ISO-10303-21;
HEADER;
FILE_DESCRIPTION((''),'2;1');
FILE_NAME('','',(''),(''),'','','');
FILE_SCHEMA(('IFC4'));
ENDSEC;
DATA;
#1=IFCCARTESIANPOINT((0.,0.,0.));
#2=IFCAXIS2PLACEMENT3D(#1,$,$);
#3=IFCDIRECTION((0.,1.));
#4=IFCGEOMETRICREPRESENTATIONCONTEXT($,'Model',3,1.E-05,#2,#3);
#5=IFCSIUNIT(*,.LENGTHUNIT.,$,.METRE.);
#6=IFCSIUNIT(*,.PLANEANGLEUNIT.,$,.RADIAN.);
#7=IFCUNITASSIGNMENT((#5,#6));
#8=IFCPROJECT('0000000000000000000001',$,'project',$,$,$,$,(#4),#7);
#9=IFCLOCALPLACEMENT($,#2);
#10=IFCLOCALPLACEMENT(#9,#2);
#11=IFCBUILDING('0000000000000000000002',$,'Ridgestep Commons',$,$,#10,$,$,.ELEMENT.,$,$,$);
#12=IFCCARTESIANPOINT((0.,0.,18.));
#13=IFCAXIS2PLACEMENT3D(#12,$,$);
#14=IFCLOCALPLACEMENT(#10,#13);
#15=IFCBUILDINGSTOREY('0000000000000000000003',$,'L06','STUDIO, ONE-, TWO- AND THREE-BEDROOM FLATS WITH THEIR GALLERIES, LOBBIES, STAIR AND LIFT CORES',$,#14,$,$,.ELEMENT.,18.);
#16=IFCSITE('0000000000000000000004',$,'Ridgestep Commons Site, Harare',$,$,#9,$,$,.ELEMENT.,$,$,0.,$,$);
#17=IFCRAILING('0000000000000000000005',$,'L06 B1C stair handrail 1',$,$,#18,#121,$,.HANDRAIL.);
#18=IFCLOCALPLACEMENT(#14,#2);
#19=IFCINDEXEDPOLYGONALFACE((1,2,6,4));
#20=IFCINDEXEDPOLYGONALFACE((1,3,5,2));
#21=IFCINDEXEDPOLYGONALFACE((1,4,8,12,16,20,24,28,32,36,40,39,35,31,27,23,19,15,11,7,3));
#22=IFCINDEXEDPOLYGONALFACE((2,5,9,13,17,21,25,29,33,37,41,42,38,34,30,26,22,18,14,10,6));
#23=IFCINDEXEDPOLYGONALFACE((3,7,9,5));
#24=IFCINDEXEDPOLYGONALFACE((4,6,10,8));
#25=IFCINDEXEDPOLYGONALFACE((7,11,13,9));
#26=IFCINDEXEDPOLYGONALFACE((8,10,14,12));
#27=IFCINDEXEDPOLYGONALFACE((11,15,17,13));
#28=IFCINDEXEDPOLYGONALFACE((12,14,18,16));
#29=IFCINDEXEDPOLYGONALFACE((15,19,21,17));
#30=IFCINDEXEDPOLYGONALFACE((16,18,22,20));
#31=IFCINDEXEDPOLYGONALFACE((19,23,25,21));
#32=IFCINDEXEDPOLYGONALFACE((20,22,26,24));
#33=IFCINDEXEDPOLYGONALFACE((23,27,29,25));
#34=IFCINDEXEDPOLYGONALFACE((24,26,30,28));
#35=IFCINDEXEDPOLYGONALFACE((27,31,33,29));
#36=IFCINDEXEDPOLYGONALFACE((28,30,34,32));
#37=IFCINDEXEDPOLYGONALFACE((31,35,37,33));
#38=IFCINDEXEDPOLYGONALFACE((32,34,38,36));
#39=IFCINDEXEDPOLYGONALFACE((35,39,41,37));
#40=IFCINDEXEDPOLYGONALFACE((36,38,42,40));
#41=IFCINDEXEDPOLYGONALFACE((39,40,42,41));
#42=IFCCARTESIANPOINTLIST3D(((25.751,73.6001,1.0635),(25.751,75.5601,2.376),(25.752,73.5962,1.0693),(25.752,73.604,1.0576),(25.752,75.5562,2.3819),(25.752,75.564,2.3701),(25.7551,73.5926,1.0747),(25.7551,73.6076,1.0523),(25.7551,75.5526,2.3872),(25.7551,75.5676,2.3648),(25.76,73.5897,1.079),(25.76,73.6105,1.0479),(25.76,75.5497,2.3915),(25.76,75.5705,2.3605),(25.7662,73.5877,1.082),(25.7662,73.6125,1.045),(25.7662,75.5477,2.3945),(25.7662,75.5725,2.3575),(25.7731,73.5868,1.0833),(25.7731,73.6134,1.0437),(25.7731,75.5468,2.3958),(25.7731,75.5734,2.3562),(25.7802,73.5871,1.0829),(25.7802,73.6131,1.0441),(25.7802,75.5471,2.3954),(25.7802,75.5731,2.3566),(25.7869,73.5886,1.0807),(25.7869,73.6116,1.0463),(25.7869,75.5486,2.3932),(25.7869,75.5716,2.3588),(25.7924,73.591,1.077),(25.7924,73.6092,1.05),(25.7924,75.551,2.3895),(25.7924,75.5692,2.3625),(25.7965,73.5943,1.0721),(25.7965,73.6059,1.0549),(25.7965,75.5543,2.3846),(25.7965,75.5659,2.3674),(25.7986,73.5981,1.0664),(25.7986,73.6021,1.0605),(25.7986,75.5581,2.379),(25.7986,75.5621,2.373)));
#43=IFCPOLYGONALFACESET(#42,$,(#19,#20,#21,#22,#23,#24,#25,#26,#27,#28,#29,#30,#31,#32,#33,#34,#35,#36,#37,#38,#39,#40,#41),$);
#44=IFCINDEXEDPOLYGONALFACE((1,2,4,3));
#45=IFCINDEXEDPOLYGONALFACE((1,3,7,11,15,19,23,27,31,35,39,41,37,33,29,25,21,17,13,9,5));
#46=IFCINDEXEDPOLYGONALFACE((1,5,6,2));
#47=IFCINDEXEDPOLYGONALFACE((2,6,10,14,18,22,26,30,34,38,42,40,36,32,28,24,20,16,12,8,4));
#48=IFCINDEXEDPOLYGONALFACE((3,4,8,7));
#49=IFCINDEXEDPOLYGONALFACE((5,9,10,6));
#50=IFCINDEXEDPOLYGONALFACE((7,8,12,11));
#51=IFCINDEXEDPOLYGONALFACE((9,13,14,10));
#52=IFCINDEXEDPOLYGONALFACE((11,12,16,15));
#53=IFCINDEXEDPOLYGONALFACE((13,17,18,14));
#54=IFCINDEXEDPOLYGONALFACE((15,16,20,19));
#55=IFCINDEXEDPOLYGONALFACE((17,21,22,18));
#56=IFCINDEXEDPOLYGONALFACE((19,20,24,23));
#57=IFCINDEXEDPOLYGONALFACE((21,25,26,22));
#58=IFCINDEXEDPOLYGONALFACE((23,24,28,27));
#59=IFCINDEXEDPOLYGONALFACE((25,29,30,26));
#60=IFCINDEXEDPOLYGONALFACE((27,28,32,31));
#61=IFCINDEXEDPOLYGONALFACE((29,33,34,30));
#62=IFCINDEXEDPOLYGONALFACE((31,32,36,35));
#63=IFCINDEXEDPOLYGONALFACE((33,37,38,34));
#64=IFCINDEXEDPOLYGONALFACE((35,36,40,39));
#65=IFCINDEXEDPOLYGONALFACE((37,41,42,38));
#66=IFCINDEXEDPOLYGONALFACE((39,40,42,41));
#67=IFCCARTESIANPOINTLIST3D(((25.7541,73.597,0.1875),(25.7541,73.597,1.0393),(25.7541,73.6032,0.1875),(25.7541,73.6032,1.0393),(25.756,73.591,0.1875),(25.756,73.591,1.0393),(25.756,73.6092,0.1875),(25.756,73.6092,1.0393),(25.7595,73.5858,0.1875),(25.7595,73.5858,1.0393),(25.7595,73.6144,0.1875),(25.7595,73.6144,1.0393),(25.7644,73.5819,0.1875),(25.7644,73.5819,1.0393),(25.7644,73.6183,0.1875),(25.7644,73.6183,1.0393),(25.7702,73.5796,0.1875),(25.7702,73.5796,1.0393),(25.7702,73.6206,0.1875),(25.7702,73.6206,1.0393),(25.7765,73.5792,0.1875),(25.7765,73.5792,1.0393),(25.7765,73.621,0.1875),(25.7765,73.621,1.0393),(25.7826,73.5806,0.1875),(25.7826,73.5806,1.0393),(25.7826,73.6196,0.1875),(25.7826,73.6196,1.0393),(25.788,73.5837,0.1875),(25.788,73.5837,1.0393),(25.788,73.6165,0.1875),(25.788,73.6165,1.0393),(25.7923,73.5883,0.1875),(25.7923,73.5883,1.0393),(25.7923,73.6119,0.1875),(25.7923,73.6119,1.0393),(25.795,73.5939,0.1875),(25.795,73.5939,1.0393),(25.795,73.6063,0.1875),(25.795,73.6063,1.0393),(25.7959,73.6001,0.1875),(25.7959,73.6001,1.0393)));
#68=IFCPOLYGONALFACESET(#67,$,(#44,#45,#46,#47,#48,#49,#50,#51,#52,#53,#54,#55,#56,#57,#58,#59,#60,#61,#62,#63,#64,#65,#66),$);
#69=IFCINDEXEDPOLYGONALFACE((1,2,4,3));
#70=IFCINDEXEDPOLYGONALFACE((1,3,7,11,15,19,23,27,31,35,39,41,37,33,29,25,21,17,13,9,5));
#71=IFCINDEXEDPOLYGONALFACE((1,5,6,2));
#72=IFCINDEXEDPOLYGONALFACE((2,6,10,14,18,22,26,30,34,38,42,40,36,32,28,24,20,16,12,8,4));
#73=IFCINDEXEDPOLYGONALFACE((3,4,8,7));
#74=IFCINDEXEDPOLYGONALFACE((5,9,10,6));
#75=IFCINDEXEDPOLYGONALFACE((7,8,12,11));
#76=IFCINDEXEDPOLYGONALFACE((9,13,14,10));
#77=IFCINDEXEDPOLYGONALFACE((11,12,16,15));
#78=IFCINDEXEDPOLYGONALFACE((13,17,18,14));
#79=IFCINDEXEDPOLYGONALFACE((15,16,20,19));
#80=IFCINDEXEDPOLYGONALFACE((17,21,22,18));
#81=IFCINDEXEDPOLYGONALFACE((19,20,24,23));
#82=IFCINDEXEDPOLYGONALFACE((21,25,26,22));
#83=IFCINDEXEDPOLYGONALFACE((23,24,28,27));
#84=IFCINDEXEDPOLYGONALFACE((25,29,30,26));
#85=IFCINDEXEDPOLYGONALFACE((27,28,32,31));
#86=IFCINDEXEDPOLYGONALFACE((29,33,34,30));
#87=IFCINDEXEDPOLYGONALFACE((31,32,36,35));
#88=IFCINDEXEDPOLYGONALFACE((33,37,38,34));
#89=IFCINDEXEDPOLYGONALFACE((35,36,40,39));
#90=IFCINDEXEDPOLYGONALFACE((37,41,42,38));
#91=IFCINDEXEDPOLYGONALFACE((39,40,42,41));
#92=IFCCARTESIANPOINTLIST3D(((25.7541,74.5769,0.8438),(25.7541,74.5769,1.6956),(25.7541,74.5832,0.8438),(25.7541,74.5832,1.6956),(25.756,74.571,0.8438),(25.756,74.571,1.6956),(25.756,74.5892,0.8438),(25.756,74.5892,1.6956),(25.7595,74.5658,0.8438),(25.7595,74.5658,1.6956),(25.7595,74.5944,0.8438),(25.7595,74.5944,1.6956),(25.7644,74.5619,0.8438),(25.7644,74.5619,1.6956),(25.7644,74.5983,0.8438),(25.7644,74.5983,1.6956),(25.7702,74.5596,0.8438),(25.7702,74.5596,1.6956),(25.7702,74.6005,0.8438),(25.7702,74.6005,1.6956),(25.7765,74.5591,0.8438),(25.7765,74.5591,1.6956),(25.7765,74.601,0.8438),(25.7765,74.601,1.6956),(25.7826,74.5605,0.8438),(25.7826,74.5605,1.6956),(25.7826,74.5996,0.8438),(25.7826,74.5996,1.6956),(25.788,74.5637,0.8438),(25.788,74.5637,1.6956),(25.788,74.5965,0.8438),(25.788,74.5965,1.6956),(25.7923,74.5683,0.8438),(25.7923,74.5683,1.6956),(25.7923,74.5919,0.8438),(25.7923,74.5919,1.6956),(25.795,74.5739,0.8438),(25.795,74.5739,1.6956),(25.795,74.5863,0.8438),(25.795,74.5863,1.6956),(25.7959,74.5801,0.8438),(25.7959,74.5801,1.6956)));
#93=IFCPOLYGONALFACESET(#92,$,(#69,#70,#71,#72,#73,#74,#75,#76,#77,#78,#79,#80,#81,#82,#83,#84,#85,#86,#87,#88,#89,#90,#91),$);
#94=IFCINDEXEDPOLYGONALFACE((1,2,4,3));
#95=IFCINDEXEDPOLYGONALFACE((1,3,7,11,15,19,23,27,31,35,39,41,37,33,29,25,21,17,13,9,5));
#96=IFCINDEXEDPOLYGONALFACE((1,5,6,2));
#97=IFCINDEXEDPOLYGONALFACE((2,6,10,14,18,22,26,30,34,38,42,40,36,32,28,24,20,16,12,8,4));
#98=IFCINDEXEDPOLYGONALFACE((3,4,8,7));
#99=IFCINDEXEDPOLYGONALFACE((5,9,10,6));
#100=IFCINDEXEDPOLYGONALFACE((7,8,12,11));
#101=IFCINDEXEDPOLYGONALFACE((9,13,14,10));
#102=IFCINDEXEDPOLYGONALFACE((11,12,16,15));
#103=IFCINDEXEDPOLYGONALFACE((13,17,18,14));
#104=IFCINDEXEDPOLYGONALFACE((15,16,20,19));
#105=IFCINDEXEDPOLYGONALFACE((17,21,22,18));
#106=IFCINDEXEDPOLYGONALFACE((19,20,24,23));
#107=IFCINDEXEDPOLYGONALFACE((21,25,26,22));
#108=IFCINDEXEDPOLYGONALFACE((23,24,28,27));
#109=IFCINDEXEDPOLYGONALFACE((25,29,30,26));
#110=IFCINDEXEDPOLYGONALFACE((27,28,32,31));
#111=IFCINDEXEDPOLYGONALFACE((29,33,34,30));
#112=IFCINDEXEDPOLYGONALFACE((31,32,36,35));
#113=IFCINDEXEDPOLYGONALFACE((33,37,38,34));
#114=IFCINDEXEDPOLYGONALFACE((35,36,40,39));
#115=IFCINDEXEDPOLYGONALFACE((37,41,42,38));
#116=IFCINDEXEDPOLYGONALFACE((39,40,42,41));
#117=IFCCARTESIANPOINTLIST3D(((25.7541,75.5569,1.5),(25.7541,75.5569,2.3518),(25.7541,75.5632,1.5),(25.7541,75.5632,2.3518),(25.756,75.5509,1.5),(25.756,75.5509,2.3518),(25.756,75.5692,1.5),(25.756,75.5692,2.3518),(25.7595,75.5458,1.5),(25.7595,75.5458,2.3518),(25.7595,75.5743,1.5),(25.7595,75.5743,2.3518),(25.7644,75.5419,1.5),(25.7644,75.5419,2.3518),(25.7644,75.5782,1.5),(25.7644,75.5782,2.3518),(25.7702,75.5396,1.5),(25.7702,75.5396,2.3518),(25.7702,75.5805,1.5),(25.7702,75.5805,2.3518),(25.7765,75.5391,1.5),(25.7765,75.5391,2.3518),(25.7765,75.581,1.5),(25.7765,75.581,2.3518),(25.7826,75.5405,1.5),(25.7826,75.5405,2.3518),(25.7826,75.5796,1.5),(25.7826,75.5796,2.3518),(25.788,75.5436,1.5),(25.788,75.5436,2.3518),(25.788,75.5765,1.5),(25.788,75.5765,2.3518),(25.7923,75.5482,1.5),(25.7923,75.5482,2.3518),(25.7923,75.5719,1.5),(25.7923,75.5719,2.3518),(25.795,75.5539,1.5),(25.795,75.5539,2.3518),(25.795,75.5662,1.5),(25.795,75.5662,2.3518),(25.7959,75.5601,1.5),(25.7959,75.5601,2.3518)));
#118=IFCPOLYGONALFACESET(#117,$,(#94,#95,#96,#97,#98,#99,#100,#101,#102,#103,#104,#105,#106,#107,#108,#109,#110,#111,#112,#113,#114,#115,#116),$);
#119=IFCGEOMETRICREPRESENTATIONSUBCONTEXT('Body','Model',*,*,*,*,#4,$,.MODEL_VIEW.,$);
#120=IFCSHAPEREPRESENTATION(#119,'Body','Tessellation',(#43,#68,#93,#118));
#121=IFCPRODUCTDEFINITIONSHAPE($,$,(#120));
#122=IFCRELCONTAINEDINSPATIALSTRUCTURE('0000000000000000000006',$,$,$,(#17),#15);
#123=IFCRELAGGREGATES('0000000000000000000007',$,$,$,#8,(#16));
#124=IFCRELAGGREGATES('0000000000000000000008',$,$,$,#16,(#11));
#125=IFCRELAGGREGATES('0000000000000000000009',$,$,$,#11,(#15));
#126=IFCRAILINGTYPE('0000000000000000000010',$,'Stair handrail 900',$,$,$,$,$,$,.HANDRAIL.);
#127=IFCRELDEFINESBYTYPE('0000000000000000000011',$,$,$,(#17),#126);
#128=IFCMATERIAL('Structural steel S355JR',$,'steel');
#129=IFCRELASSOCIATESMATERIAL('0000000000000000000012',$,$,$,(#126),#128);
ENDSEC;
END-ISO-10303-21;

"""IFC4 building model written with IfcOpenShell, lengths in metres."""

from ifc_helpers import new_model, si_unit, direction, frame, origin, origin_2d, place, context, subcontext, project, spatial, circle, extrude, material, type_object, element, save


model = new_model("IFC4")

# Units and contexts
model_context = context("Model", 3, precision=1e-05, world=origin(), true_north=direction((0.0, 1.0)))
body_context = subcontext(model_context, "Body", "Model", "MODEL_VIEW")
ifc_project = project(units=[si_unit("LENGTHUNIT", "METRE"), si_unit("PLANEANGLEUNIT", "RADIAN")], contexts=[model_context])

# Site, building, storey
site_placement = place(None, origin())
site = spatial("IfcSite", under=ifc_project, at=site_placement, Name="Ridgestep Commons Site, Harare", CompositionType="ELEMENT", RefElevation=0.0)
building_placement = place(site_placement, origin())
building = spatial("IfcBuilding", under=site, at=building_placement, Name="Ridgestep Commons", CompositionType="ELEMENT")
storey_placement = place(building_placement, frame((0.0, 0.0, 18.0)))
storey = spatial("IfcBuildingStorey", under=building, at=storey_placement, Name="L06", Description="STUDIO, ONE-, TWO- AND THREE-BEDROOM FLATS WITH THEIR GALLERIES, LOBBIES, STAIR AND LIFT CORES", CompositionType="ELEMENT", Elevation=18.0)

# Railing
ifc_material_1 = material(Name="Structural steel S355JR", Category="steel")
railing_type_1 = type_object("IfcRailingType", Name="Stair handrail 900", PredefinedType="HANDRAIL", material=ifc_material_1)
railing_1_placement = place(storey_placement, frame((25.7749, 73.6001, 0.1875)))
element("IfcRailing", 1, at=railing_1_placement, inside=storey, type_object=railing_type_1, Name="L06 B1C stair handrail 1", PredefinedType="HANDRAIL", context=body_context, shape_type="SweptSolid", body=[
    extrude(circle(Radius=0.0239, at=origin_2d()), frame((0.0, 0.0, 0.876), z_axis=(0.0, 0.830902, 0.556419), x_axis=(-1.0, 0.0, 0.0)), (0.0, 0.0, 1.0), 2.3589),
    extrude(circle(Radius=0.021, at=origin_2d()), origin(), (0.0, 0.0, 1.0), 0.8518),
    extrude(circle(Radius=0.021, at=origin_2d()), frame((0.0, 0.98, 0.6562)), (0.0, 0.0, 1.0), 0.8518),
    extrude(circle(Radius=0.021, at=origin_2d()), frame((0.0, 1.96, 1.3125)), (0.0, 0.0, 1.0), 0.8518),
])

save(model, "model.ifc")
